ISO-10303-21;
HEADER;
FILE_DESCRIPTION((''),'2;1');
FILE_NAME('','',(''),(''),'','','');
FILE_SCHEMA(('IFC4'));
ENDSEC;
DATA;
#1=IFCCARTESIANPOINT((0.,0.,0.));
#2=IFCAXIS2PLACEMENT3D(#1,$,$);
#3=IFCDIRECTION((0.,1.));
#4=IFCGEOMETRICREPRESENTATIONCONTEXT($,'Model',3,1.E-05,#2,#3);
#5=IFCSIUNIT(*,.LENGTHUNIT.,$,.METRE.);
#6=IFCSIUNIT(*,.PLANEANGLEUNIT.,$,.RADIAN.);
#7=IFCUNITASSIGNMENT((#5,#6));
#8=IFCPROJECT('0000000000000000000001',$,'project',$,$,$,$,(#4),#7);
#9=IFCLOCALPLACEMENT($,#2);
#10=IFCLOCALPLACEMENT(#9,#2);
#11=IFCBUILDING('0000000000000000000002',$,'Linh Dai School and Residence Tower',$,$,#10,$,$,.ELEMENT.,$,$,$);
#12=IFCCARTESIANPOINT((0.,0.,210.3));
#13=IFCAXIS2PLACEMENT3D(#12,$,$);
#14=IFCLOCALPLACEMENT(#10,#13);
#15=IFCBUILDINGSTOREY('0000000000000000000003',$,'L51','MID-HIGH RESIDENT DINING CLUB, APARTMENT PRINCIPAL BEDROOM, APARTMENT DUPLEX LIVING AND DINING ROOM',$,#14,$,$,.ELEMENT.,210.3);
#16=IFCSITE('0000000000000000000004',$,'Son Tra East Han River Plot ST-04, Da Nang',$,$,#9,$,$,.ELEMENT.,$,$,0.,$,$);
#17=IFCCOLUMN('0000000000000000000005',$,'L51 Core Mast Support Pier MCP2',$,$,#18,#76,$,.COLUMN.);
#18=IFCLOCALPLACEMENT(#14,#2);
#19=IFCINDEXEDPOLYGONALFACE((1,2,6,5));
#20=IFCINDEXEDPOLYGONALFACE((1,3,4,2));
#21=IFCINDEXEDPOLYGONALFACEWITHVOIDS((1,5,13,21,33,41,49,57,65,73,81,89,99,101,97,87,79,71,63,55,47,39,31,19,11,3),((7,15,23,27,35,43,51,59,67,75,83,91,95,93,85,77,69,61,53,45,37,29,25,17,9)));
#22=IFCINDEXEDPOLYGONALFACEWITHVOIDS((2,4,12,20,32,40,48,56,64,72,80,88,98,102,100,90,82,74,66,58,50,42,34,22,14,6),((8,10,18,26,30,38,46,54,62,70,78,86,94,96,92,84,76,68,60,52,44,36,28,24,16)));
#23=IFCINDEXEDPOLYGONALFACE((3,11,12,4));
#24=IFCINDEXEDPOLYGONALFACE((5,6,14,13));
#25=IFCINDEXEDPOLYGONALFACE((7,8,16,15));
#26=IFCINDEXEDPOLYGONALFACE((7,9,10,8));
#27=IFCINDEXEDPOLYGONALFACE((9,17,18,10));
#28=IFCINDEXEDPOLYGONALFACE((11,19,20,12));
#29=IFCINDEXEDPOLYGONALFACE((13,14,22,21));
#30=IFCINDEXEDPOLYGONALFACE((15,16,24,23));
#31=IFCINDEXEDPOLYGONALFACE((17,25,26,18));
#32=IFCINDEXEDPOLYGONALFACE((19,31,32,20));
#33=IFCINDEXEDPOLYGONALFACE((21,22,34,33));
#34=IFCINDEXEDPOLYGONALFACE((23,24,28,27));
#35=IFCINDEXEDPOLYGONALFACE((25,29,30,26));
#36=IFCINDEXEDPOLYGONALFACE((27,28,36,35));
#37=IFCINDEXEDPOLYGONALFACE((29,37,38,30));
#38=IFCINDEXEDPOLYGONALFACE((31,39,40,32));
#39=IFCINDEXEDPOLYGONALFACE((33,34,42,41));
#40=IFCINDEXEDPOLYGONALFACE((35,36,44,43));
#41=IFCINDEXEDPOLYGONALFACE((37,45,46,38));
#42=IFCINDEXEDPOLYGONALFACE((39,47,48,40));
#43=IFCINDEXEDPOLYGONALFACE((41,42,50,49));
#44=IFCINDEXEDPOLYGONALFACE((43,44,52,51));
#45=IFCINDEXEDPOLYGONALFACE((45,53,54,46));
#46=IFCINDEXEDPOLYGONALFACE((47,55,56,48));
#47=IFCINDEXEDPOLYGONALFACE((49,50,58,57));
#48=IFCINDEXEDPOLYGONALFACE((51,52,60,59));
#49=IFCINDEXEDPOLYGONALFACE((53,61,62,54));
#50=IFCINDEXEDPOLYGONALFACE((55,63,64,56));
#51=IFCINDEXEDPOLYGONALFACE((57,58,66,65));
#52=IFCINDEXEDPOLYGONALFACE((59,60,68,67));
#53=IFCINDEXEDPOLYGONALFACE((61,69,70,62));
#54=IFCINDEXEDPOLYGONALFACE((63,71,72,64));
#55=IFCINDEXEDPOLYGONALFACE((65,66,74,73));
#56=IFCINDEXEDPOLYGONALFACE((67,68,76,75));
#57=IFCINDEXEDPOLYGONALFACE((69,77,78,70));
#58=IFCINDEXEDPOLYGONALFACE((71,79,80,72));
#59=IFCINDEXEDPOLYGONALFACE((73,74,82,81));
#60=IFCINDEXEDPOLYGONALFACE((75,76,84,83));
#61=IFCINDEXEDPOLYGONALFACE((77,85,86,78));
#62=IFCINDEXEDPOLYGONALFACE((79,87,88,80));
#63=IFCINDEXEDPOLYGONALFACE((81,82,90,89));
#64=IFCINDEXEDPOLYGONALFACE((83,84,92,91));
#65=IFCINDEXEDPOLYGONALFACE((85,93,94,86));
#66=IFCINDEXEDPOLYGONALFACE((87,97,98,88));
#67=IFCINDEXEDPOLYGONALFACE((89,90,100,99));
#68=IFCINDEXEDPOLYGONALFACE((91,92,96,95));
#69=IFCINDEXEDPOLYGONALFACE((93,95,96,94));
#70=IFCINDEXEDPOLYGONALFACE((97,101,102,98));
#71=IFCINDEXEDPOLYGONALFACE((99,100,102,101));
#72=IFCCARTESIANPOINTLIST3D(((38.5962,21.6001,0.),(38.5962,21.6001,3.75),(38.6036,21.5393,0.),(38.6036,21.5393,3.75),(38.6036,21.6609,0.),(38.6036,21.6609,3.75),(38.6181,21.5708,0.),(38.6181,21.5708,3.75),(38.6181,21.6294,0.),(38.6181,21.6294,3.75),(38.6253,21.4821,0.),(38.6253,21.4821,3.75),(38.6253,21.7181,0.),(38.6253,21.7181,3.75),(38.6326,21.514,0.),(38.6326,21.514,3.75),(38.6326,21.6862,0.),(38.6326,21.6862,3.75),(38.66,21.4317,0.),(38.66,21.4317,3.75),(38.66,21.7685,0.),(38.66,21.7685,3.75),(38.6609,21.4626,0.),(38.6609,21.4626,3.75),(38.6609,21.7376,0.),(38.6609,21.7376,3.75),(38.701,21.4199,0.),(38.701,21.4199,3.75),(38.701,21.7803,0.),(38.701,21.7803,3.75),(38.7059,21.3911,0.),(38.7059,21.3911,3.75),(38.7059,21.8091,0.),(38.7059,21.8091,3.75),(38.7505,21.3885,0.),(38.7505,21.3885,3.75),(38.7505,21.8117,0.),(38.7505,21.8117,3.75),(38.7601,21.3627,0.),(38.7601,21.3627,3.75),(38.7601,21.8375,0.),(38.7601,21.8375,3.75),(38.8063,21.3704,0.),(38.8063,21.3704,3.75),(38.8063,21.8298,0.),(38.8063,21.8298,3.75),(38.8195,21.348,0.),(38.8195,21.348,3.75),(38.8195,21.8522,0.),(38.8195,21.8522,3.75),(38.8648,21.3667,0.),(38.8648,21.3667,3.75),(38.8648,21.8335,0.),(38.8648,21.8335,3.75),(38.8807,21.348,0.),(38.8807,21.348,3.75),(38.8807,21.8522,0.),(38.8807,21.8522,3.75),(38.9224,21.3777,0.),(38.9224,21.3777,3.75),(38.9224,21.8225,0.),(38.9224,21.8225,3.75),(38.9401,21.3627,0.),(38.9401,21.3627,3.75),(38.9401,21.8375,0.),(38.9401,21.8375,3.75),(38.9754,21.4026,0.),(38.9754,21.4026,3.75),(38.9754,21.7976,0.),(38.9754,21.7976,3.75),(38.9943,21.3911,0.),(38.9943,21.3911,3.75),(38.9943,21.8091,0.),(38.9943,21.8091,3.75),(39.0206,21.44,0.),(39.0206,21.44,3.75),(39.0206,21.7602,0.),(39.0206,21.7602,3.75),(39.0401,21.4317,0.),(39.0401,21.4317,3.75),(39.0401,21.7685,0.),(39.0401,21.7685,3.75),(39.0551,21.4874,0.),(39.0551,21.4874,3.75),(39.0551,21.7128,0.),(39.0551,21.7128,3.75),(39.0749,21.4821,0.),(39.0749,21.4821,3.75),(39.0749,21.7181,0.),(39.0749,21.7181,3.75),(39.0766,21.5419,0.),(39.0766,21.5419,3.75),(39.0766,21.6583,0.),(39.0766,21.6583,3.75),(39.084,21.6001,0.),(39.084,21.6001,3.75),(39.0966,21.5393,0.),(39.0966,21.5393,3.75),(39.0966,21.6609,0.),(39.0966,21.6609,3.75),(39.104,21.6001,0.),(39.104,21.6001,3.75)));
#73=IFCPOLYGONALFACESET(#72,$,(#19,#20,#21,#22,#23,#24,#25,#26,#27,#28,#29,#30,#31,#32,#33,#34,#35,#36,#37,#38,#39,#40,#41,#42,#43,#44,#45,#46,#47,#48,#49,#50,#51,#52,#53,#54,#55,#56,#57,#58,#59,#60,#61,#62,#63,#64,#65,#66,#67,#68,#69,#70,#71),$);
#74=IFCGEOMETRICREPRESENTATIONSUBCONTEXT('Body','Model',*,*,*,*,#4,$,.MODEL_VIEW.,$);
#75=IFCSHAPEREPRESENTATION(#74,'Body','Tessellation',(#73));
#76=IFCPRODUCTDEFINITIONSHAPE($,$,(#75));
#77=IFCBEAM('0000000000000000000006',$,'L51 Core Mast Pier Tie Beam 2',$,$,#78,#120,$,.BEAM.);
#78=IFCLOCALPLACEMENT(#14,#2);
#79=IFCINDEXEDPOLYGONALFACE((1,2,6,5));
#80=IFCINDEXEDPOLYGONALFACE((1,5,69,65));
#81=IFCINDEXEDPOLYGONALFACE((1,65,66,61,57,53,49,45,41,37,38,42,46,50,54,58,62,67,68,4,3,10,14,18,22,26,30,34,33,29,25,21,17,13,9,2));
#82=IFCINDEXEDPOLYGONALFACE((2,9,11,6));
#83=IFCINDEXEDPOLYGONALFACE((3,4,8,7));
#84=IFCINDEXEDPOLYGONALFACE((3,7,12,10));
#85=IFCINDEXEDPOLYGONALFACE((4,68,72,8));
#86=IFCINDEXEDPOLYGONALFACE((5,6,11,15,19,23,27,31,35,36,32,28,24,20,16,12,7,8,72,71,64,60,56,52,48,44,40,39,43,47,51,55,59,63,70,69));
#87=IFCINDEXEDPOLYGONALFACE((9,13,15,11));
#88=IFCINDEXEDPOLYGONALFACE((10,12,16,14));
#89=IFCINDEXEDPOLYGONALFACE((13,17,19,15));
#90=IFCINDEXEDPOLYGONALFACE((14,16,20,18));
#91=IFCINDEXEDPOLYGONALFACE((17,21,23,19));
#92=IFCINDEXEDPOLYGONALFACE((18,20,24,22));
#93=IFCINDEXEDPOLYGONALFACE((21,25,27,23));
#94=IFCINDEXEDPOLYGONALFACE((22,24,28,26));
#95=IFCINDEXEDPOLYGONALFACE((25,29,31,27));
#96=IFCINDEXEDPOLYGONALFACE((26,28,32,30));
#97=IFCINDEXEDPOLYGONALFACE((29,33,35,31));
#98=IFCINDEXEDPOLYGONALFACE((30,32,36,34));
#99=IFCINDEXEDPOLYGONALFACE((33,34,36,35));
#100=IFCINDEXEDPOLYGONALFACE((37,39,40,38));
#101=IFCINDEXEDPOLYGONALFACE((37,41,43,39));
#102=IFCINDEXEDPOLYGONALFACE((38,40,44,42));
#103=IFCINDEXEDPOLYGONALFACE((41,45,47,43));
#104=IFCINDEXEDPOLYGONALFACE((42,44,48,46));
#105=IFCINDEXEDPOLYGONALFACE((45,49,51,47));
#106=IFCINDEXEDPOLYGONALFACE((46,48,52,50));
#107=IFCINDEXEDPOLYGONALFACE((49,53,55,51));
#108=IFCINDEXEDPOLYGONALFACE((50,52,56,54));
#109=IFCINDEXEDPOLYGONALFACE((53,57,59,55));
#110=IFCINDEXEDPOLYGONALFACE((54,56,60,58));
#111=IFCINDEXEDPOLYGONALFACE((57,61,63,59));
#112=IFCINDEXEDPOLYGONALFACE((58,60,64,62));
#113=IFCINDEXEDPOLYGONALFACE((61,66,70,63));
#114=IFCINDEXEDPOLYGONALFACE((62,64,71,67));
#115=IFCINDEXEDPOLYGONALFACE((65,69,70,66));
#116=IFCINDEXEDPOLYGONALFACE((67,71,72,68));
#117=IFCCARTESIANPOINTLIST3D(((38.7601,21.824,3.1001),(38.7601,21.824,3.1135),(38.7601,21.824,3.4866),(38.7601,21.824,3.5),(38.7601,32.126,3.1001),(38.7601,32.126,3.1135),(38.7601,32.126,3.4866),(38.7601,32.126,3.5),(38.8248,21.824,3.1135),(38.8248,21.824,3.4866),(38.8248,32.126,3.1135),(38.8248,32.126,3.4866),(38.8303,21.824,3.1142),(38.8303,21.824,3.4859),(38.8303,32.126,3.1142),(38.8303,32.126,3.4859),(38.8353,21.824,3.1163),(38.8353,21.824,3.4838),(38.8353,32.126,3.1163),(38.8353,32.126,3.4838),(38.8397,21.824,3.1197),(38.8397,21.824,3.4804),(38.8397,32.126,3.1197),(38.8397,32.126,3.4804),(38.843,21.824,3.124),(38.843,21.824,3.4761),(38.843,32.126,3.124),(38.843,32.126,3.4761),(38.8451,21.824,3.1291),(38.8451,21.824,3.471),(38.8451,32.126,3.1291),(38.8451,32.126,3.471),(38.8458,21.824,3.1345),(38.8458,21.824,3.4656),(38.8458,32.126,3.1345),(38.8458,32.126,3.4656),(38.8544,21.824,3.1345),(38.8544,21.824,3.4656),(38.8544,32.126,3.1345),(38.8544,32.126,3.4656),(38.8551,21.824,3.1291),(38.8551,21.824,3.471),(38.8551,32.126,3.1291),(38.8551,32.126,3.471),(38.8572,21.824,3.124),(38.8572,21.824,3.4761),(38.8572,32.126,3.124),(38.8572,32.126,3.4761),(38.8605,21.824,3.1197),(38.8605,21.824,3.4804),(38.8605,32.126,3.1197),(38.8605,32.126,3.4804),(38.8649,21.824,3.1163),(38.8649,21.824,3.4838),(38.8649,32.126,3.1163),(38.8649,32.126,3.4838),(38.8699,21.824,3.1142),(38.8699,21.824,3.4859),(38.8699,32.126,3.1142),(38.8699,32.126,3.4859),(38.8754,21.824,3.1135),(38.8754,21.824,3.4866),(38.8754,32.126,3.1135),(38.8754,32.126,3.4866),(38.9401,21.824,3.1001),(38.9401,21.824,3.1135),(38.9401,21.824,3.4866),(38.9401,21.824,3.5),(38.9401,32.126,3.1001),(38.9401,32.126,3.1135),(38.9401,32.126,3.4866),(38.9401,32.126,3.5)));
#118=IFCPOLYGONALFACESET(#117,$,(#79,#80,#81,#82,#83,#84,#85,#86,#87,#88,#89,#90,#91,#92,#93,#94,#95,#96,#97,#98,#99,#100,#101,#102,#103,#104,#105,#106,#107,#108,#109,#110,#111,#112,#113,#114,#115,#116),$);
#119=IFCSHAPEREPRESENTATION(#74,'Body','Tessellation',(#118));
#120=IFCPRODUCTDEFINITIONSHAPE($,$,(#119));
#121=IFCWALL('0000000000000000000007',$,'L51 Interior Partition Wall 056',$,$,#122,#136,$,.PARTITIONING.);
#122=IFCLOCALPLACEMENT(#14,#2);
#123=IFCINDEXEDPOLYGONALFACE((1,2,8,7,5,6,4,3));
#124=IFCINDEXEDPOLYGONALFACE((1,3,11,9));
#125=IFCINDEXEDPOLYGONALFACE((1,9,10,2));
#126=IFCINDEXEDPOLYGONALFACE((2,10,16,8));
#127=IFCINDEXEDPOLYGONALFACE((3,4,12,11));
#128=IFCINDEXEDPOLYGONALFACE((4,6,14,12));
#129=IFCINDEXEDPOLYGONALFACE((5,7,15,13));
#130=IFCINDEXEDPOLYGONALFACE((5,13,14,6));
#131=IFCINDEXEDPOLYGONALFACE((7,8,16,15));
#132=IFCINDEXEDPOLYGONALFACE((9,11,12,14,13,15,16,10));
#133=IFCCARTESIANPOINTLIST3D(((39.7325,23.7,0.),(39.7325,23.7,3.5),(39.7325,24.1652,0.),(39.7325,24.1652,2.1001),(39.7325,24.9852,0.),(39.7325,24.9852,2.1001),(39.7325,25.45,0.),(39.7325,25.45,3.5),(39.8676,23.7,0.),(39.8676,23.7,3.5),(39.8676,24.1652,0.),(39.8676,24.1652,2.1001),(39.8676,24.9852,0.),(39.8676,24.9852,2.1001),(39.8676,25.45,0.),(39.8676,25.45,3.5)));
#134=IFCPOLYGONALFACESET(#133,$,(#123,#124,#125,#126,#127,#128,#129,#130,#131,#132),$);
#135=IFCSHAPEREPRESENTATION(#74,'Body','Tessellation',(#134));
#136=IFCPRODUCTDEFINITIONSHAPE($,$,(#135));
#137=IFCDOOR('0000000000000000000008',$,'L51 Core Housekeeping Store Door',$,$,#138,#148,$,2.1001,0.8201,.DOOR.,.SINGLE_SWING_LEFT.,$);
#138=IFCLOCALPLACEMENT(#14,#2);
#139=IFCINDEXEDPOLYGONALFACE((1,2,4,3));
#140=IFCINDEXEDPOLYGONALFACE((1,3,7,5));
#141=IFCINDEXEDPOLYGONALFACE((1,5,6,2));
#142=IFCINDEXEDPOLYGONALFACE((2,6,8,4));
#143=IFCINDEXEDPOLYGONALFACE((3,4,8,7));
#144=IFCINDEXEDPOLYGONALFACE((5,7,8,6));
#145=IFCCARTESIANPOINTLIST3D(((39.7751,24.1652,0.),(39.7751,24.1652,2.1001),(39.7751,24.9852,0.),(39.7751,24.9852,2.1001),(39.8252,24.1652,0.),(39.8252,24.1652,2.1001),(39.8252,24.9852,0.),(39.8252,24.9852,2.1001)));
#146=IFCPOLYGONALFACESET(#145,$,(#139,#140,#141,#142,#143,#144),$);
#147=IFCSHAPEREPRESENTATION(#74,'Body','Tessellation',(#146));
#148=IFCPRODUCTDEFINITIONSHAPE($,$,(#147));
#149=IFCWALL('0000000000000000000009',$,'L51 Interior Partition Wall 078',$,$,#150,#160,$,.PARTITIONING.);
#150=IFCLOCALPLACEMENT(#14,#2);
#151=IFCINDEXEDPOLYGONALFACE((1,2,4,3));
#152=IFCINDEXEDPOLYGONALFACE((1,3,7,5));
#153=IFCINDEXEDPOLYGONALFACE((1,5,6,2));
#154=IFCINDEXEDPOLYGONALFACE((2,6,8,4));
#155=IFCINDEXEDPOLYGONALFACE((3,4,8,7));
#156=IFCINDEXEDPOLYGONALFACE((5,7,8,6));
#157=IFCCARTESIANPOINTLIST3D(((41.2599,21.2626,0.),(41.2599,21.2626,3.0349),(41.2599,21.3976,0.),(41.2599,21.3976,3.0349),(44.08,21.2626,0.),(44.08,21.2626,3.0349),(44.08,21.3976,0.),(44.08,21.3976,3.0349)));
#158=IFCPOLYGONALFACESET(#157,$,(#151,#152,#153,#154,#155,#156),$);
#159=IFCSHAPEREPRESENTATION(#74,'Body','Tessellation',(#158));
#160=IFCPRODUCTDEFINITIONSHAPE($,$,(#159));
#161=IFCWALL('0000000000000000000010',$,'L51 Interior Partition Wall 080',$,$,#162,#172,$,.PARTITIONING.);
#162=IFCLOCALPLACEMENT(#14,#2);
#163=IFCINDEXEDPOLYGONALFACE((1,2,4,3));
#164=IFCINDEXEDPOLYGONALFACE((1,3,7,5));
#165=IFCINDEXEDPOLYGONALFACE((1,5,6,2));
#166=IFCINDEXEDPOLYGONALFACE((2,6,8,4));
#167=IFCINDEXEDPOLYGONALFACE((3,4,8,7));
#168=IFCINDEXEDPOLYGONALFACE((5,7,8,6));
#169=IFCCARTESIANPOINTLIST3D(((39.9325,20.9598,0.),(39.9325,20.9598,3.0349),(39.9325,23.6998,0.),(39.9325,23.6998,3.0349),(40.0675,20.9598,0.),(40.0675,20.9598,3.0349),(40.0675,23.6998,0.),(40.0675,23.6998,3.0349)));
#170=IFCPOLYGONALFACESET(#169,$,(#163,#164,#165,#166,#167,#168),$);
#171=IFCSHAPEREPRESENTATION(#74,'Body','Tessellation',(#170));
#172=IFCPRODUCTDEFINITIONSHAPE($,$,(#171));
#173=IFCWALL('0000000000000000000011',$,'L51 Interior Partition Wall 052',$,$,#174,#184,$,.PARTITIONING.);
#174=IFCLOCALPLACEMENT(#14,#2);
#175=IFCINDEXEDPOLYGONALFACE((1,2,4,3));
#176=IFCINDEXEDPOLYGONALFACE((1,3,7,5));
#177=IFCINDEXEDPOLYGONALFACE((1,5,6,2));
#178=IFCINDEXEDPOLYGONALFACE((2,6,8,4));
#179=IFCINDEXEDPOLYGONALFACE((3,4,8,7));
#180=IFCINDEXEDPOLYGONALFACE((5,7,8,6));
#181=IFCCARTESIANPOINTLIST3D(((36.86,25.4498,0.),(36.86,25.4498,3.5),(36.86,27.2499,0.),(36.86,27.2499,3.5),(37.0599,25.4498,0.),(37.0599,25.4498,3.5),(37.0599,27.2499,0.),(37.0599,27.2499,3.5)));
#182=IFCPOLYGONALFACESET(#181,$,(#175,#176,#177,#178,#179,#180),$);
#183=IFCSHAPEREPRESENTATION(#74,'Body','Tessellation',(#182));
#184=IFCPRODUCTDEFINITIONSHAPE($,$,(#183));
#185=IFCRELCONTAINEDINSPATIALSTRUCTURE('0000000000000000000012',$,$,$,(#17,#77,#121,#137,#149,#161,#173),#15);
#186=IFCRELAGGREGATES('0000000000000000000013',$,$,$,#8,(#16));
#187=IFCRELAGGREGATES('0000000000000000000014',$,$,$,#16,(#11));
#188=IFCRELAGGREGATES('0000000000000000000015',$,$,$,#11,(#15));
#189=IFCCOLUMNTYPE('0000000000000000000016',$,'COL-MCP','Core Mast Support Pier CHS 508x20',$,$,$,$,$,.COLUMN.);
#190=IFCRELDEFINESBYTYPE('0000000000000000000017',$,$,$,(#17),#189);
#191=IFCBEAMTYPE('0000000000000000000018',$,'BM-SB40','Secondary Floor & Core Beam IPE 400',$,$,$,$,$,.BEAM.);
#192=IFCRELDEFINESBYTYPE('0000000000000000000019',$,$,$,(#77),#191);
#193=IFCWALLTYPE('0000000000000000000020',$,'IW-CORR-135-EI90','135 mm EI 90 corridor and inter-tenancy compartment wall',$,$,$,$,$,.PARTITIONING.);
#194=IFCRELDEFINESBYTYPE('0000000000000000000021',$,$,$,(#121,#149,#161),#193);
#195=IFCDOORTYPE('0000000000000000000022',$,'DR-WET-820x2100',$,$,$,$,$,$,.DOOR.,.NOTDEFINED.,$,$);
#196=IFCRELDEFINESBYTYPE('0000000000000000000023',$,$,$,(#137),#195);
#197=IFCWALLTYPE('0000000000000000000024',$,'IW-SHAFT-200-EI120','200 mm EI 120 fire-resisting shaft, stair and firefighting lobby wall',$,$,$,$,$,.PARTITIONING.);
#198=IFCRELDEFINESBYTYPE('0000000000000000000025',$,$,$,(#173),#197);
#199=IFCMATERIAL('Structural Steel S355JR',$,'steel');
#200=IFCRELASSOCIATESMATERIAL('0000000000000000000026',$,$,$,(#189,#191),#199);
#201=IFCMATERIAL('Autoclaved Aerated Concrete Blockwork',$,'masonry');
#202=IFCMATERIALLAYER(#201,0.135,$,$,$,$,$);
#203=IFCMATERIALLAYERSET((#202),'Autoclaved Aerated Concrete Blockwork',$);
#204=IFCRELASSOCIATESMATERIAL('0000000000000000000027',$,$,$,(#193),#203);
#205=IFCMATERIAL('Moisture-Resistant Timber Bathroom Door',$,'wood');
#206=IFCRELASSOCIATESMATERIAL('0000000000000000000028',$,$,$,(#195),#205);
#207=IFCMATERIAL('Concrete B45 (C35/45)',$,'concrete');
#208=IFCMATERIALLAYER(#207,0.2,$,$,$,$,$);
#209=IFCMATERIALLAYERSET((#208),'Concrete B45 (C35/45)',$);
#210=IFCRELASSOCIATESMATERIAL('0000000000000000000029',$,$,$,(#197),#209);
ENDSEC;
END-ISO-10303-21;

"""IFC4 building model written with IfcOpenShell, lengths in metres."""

from ifc_helpers import new_model, si_unit, direction, frame, frame_2d, origin, origin_2d, place, context, subcontext, project, spatial, rectangle, hollow_circle, i_section, extrude, source, transform, mapped, material, layer, layer_set, material_profile, profile_set, type_object, element, fill, save


model = new_model("IFC4")

# Units and contexts
model_context = context("Model", 3, precision=1e-05, world=origin(), true_north=direction((0.0, 1.0)))
body_context = subcontext(model_context, "Body", "Model", "MODEL_VIEW")
ifc_project = project(units=[si_unit("LENGTHUNIT", "METRE"), si_unit("PLANEANGLEUNIT", "RADIAN")], contexts=[model_context])

# Site, building, storey
site_placement = place(None, origin())
site = spatial("IfcSite", under=ifc_project, at=site_placement, Name="Son Tra East Han River Plot ST-04, Da Nang", CompositionType="ELEMENT", RefElevation=0.0)
building_placement = place(site_placement, origin())
building = spatial("IfcBuilding", under=site, at=building_placement, Name="Linh Dai School and Residence Tower", CompositionType="ELEMENT")
storey_placement = place(building_placement, frame((0.0, 0.0, 210.3)))
storey = spatial("IfcBuildingStorey", under=building, at=storey_placement, Name="L51", Description="MID-HIGH RESIDENT DINING CLUB, APARTMENT PRINCIPAL BEDROOM, APARTMENT DUPLEX LIVING AND DINING ROOM", CompositionType="ELEMENT", Elevation=210.3)

# Column
ifc_material_1 = material(Name="Structural Steel S355JR", Category="steel")
ifc_material_profile_1 = material_profile(ifc_material_1, hollow_circle(Radius=0.2539, WallThickness=0.02, at=origin_2d()), Name="CHS 508x20")
ifc_profile_set_1 = profile_set([ifc_material_profile_1], Name="Structural Steel S355JR")
column_type_1 = type_object("IfcColumnType", Name="COL-MCP", Description="Core Mast Support Pier CHS 508x20", PredefinedType="COLUMN", material=ifc_profile_set_1)
column_placement = place(storey_placement, frame((38.8501, 21.6001, 0.0), z_axis=(0.0, 0.0, 1.0), x_axis=(1.0, 0.0, 0.0)))
element("IfcColumn", 1, at=column_placement, inside=storey, type_object=column_type_1, Name="L51 Core Mast Support Pier MCP2", PredefinedType="COLUMN", context=body_context, shape_type="SweptSolid", body=[
    extrude(hollow_circle(Radius=0.2539, WallThickness=0.02, at=origin_2d()), origin(), (0.0, 0.0, 1.0), 3.75),
])

# Beam
ifc_material_profile_2 = material_profile(ifc_material_1, i_section(OverallWidth=0.1799, OverallDepth=0.3999, WebThickness=0.0085, FlangeThickness=0.0134, FilletRadius=0.021, at=origin_2d()), Name="IPE 400")
ifc_profile_set_2 = profile_set([ifc_material_profile_2], Name="Structural Steel S355JR")
beam_type = type_object("IfcBeamType", Name="BM-SB40", Description="Secondary Floor & Core Beam IPE 400", PredefinedType="BEAM", material=ifc_profile_set_2)
beam_placement = place(storey_placement, frame((38.8501, 21.824, 3.3), z_axis=(0.0, 1.0, 0.0), x_axis=(-1.0, 0.0, 0.0)))
element("IfcBeam", 2, at=beam_placement, inside=storey, type_object=beam_type, Name="L51 Core Mast Pier Tie Beam 2", PredefinedType="BEAM", context=body_context, shape_type="SweptSolid", body=[
    extrude(i_section(OverallWidth=0.1799, OverallDepth=0.3999, WebThickness=0.0085, FlangeThickness=0.0134, FilletRadius=0.021, at=origin_2d()), origin(), (0.0, 0.0, 1.0), 10.302),
])

# Wall, opening, door
ifc_material_2 = material(Name="Autoclaved Aerated Concrete Blockwork", Category="masonry")
ifc_layer_1 = layer(ifc_material_2, 0.135)
ifc_layer_set_1 = layer_set([ifc_layer_1], Name="Autoclaved Aerated Concrete Blockwork")
wall_type_1 = type_object("IfcWallType", Name="IW-CORR-135-EI90", Description="135 mm EI 90 corridor and inter-tenancy compartment wall", PredefinedType="PARTITIONING", material=ifc_layer_set_1)
wall_1_placement = place(storey_placement, frame((39.8, 23.7, 0.0), z_axis=(0.0, 0.0, 1.0), x_axis=(0.0, 1.0, 0.0)))
wall_1 = element("IfcWall", 3, at=wall_1_placement, inside=storey, type_object=wall_type_1, Name="L51 Interior Partition Wall 056", PredefinedType="PARTITIONING", context=body_context, shape_type="SweptSolid", body=[
    extrude(rectangle(XDim=1.75, YDim=0.135, at=frame_2d((0.875, 0.0))), origin(), (0.0, 0.0, 1.0), 3.5),
])
opening_placement = place(wall_1_placement, frame((0.4651, 0.0, 0.0)))
opening = element("IfcOpeningElement", 4, at=opening_placement, cuts=wall_1, PredefinedType="OPENING", context=body_context, shape_type="SweptSolid", body=[
    extrude(rectangle(XDim=0.8201, YDim=2.1001, at=origin_2d()), frame((0.4102, 0.0776, 1.05), z_axis=(0.0, -1.0, 0.0), x_axis=(1.0, 0.0, 0.0)), (0.0, 0.0, 1.0), 0.155),
])
ifc_material_3 = material(Name="Moisture-Resistant Timber Bathroom Door", Category="wood")
door_type = type_object("IfcDoorType", Name="DR-WET-820x2100", OperationType="NOTDEFINED", PredefinedType="DOOR", material=ifc_material_3)
shared_shape_1 = source(origin(), body_context, "Body", "SweptSolid", [
    extrude(rectangle(XDim=0.8201, YDim=2.1001, at=origin_2d()), frame((0.4102, 0.0249, 1.05), z_axis=(0.0, -1.0, 0.0), x_axis=(1.0, 0.0, 0.0)), (0.0, 0.0, 1.0), 0.05),
])
door_placement = place(opening_placement, origin())
door = element("IfcDoor", 5, at=door_placement, inside=storey, type_object=door_type, Name="L51 Core Housekeeping Store Door", OperationType="SINGLE_SWING_LEFT", OverallHeight=2.1001, OverallWidth=0.8201, PredefinedType="DOOR", context=body_context, shape_type="MappedRepresentation", body=[
    mapped(shared_shape_1, transform((0.0, 0.0, 0.0), x_axis=(1.0, 0.0, 0.0), y_axis=(0.0, 1.0, 0.0), z_axis=(0.0, 0.0, 1.0), scale=1.0)),
])
fill(opening, door)

# Walls
wall_2_placement = place(storey_placement, frame((44.0801, 21.3301, 0.0), z_axis=(0.0, 0.0, 1.0), x_axis=(-1.0, 0.0, 0.0)))
element("IfcWall", 6, at=wall_2_placement, inside=storey, type_object=wall_type_1, Name="L51 Interior Partition Wall 078", PredefinedType="PARTITIONING", context=body_context, shape_type="SweptSolid", body=[
    extrude(rectangle(XDim=2.8201, YDim=0.135, at=frame_2d((1.4102, 0.0))), origin(), (0.0, 0.0, 1.0), 3.0349),
])
wall_3_placement = place(storey_placement, frame((40.0, 23.7, 0.0), z_axis=(0.0, 0.0, 1.0), x_axis=(0.0, -1.0, 0.0)))
element("IfcWall", 7, at=wall_3_placement, inside=storey, type_object=wall_type_1, Name="L51 Interior Partition Wall 080", PredefinedType="PARTITIONING", context=body_context, shape_type="SweptSolid", body=[
    extrude(rectangle(XDim=2.74, YDim=0.135, at=frame_2d((1.3701, 0.0))), origin(), (0.0, 0.0, 1.0), 3.0349),
])
ifc_material_4 = material(Name="Concrete B45 (C35/45)", Category="concrete")
ifc_layer_2 = layer(ifc_material_4, 0.2)
ifc_layer_set_2 = layer_set([ifc_layer_2], Name="Concrete B45 (C35/45)")
wall_type_2 = type_object("IfcWallType", Name="IW-SHAFT-200-EI120", Description="200 mm EI 120 fire-resisting shaft, stair and firefighting lobby wall", PredefinedType="PARTITIONING", material=ifc_layer_set_2)
for number, where, z_axis, x_axis, name in (
    (8, (36.96, 25.45, 0.0), (0.0, 0.0, 1.0), (0.0, 1.0, 0.0), "L51 Interior Partition Wall 052"),
):
    element("IfcWall", number, at=place(storey_placement, frame(where, z_axis=z_axis, x_axis=x_axis)), inside=storey, type_object=wall_type_2, Name=name, PredefinedType="PARTITIONING", context=body_context, shape_type="SweptSolid", body=[
        extrude(rectangle(XDim=1.8, YDim=0.2, at=frame_2d((0.8999, 0.0))), origin(), (0.0, 0.0, 1.0), 3.5),
    ])

save(model, "model.ifc")
